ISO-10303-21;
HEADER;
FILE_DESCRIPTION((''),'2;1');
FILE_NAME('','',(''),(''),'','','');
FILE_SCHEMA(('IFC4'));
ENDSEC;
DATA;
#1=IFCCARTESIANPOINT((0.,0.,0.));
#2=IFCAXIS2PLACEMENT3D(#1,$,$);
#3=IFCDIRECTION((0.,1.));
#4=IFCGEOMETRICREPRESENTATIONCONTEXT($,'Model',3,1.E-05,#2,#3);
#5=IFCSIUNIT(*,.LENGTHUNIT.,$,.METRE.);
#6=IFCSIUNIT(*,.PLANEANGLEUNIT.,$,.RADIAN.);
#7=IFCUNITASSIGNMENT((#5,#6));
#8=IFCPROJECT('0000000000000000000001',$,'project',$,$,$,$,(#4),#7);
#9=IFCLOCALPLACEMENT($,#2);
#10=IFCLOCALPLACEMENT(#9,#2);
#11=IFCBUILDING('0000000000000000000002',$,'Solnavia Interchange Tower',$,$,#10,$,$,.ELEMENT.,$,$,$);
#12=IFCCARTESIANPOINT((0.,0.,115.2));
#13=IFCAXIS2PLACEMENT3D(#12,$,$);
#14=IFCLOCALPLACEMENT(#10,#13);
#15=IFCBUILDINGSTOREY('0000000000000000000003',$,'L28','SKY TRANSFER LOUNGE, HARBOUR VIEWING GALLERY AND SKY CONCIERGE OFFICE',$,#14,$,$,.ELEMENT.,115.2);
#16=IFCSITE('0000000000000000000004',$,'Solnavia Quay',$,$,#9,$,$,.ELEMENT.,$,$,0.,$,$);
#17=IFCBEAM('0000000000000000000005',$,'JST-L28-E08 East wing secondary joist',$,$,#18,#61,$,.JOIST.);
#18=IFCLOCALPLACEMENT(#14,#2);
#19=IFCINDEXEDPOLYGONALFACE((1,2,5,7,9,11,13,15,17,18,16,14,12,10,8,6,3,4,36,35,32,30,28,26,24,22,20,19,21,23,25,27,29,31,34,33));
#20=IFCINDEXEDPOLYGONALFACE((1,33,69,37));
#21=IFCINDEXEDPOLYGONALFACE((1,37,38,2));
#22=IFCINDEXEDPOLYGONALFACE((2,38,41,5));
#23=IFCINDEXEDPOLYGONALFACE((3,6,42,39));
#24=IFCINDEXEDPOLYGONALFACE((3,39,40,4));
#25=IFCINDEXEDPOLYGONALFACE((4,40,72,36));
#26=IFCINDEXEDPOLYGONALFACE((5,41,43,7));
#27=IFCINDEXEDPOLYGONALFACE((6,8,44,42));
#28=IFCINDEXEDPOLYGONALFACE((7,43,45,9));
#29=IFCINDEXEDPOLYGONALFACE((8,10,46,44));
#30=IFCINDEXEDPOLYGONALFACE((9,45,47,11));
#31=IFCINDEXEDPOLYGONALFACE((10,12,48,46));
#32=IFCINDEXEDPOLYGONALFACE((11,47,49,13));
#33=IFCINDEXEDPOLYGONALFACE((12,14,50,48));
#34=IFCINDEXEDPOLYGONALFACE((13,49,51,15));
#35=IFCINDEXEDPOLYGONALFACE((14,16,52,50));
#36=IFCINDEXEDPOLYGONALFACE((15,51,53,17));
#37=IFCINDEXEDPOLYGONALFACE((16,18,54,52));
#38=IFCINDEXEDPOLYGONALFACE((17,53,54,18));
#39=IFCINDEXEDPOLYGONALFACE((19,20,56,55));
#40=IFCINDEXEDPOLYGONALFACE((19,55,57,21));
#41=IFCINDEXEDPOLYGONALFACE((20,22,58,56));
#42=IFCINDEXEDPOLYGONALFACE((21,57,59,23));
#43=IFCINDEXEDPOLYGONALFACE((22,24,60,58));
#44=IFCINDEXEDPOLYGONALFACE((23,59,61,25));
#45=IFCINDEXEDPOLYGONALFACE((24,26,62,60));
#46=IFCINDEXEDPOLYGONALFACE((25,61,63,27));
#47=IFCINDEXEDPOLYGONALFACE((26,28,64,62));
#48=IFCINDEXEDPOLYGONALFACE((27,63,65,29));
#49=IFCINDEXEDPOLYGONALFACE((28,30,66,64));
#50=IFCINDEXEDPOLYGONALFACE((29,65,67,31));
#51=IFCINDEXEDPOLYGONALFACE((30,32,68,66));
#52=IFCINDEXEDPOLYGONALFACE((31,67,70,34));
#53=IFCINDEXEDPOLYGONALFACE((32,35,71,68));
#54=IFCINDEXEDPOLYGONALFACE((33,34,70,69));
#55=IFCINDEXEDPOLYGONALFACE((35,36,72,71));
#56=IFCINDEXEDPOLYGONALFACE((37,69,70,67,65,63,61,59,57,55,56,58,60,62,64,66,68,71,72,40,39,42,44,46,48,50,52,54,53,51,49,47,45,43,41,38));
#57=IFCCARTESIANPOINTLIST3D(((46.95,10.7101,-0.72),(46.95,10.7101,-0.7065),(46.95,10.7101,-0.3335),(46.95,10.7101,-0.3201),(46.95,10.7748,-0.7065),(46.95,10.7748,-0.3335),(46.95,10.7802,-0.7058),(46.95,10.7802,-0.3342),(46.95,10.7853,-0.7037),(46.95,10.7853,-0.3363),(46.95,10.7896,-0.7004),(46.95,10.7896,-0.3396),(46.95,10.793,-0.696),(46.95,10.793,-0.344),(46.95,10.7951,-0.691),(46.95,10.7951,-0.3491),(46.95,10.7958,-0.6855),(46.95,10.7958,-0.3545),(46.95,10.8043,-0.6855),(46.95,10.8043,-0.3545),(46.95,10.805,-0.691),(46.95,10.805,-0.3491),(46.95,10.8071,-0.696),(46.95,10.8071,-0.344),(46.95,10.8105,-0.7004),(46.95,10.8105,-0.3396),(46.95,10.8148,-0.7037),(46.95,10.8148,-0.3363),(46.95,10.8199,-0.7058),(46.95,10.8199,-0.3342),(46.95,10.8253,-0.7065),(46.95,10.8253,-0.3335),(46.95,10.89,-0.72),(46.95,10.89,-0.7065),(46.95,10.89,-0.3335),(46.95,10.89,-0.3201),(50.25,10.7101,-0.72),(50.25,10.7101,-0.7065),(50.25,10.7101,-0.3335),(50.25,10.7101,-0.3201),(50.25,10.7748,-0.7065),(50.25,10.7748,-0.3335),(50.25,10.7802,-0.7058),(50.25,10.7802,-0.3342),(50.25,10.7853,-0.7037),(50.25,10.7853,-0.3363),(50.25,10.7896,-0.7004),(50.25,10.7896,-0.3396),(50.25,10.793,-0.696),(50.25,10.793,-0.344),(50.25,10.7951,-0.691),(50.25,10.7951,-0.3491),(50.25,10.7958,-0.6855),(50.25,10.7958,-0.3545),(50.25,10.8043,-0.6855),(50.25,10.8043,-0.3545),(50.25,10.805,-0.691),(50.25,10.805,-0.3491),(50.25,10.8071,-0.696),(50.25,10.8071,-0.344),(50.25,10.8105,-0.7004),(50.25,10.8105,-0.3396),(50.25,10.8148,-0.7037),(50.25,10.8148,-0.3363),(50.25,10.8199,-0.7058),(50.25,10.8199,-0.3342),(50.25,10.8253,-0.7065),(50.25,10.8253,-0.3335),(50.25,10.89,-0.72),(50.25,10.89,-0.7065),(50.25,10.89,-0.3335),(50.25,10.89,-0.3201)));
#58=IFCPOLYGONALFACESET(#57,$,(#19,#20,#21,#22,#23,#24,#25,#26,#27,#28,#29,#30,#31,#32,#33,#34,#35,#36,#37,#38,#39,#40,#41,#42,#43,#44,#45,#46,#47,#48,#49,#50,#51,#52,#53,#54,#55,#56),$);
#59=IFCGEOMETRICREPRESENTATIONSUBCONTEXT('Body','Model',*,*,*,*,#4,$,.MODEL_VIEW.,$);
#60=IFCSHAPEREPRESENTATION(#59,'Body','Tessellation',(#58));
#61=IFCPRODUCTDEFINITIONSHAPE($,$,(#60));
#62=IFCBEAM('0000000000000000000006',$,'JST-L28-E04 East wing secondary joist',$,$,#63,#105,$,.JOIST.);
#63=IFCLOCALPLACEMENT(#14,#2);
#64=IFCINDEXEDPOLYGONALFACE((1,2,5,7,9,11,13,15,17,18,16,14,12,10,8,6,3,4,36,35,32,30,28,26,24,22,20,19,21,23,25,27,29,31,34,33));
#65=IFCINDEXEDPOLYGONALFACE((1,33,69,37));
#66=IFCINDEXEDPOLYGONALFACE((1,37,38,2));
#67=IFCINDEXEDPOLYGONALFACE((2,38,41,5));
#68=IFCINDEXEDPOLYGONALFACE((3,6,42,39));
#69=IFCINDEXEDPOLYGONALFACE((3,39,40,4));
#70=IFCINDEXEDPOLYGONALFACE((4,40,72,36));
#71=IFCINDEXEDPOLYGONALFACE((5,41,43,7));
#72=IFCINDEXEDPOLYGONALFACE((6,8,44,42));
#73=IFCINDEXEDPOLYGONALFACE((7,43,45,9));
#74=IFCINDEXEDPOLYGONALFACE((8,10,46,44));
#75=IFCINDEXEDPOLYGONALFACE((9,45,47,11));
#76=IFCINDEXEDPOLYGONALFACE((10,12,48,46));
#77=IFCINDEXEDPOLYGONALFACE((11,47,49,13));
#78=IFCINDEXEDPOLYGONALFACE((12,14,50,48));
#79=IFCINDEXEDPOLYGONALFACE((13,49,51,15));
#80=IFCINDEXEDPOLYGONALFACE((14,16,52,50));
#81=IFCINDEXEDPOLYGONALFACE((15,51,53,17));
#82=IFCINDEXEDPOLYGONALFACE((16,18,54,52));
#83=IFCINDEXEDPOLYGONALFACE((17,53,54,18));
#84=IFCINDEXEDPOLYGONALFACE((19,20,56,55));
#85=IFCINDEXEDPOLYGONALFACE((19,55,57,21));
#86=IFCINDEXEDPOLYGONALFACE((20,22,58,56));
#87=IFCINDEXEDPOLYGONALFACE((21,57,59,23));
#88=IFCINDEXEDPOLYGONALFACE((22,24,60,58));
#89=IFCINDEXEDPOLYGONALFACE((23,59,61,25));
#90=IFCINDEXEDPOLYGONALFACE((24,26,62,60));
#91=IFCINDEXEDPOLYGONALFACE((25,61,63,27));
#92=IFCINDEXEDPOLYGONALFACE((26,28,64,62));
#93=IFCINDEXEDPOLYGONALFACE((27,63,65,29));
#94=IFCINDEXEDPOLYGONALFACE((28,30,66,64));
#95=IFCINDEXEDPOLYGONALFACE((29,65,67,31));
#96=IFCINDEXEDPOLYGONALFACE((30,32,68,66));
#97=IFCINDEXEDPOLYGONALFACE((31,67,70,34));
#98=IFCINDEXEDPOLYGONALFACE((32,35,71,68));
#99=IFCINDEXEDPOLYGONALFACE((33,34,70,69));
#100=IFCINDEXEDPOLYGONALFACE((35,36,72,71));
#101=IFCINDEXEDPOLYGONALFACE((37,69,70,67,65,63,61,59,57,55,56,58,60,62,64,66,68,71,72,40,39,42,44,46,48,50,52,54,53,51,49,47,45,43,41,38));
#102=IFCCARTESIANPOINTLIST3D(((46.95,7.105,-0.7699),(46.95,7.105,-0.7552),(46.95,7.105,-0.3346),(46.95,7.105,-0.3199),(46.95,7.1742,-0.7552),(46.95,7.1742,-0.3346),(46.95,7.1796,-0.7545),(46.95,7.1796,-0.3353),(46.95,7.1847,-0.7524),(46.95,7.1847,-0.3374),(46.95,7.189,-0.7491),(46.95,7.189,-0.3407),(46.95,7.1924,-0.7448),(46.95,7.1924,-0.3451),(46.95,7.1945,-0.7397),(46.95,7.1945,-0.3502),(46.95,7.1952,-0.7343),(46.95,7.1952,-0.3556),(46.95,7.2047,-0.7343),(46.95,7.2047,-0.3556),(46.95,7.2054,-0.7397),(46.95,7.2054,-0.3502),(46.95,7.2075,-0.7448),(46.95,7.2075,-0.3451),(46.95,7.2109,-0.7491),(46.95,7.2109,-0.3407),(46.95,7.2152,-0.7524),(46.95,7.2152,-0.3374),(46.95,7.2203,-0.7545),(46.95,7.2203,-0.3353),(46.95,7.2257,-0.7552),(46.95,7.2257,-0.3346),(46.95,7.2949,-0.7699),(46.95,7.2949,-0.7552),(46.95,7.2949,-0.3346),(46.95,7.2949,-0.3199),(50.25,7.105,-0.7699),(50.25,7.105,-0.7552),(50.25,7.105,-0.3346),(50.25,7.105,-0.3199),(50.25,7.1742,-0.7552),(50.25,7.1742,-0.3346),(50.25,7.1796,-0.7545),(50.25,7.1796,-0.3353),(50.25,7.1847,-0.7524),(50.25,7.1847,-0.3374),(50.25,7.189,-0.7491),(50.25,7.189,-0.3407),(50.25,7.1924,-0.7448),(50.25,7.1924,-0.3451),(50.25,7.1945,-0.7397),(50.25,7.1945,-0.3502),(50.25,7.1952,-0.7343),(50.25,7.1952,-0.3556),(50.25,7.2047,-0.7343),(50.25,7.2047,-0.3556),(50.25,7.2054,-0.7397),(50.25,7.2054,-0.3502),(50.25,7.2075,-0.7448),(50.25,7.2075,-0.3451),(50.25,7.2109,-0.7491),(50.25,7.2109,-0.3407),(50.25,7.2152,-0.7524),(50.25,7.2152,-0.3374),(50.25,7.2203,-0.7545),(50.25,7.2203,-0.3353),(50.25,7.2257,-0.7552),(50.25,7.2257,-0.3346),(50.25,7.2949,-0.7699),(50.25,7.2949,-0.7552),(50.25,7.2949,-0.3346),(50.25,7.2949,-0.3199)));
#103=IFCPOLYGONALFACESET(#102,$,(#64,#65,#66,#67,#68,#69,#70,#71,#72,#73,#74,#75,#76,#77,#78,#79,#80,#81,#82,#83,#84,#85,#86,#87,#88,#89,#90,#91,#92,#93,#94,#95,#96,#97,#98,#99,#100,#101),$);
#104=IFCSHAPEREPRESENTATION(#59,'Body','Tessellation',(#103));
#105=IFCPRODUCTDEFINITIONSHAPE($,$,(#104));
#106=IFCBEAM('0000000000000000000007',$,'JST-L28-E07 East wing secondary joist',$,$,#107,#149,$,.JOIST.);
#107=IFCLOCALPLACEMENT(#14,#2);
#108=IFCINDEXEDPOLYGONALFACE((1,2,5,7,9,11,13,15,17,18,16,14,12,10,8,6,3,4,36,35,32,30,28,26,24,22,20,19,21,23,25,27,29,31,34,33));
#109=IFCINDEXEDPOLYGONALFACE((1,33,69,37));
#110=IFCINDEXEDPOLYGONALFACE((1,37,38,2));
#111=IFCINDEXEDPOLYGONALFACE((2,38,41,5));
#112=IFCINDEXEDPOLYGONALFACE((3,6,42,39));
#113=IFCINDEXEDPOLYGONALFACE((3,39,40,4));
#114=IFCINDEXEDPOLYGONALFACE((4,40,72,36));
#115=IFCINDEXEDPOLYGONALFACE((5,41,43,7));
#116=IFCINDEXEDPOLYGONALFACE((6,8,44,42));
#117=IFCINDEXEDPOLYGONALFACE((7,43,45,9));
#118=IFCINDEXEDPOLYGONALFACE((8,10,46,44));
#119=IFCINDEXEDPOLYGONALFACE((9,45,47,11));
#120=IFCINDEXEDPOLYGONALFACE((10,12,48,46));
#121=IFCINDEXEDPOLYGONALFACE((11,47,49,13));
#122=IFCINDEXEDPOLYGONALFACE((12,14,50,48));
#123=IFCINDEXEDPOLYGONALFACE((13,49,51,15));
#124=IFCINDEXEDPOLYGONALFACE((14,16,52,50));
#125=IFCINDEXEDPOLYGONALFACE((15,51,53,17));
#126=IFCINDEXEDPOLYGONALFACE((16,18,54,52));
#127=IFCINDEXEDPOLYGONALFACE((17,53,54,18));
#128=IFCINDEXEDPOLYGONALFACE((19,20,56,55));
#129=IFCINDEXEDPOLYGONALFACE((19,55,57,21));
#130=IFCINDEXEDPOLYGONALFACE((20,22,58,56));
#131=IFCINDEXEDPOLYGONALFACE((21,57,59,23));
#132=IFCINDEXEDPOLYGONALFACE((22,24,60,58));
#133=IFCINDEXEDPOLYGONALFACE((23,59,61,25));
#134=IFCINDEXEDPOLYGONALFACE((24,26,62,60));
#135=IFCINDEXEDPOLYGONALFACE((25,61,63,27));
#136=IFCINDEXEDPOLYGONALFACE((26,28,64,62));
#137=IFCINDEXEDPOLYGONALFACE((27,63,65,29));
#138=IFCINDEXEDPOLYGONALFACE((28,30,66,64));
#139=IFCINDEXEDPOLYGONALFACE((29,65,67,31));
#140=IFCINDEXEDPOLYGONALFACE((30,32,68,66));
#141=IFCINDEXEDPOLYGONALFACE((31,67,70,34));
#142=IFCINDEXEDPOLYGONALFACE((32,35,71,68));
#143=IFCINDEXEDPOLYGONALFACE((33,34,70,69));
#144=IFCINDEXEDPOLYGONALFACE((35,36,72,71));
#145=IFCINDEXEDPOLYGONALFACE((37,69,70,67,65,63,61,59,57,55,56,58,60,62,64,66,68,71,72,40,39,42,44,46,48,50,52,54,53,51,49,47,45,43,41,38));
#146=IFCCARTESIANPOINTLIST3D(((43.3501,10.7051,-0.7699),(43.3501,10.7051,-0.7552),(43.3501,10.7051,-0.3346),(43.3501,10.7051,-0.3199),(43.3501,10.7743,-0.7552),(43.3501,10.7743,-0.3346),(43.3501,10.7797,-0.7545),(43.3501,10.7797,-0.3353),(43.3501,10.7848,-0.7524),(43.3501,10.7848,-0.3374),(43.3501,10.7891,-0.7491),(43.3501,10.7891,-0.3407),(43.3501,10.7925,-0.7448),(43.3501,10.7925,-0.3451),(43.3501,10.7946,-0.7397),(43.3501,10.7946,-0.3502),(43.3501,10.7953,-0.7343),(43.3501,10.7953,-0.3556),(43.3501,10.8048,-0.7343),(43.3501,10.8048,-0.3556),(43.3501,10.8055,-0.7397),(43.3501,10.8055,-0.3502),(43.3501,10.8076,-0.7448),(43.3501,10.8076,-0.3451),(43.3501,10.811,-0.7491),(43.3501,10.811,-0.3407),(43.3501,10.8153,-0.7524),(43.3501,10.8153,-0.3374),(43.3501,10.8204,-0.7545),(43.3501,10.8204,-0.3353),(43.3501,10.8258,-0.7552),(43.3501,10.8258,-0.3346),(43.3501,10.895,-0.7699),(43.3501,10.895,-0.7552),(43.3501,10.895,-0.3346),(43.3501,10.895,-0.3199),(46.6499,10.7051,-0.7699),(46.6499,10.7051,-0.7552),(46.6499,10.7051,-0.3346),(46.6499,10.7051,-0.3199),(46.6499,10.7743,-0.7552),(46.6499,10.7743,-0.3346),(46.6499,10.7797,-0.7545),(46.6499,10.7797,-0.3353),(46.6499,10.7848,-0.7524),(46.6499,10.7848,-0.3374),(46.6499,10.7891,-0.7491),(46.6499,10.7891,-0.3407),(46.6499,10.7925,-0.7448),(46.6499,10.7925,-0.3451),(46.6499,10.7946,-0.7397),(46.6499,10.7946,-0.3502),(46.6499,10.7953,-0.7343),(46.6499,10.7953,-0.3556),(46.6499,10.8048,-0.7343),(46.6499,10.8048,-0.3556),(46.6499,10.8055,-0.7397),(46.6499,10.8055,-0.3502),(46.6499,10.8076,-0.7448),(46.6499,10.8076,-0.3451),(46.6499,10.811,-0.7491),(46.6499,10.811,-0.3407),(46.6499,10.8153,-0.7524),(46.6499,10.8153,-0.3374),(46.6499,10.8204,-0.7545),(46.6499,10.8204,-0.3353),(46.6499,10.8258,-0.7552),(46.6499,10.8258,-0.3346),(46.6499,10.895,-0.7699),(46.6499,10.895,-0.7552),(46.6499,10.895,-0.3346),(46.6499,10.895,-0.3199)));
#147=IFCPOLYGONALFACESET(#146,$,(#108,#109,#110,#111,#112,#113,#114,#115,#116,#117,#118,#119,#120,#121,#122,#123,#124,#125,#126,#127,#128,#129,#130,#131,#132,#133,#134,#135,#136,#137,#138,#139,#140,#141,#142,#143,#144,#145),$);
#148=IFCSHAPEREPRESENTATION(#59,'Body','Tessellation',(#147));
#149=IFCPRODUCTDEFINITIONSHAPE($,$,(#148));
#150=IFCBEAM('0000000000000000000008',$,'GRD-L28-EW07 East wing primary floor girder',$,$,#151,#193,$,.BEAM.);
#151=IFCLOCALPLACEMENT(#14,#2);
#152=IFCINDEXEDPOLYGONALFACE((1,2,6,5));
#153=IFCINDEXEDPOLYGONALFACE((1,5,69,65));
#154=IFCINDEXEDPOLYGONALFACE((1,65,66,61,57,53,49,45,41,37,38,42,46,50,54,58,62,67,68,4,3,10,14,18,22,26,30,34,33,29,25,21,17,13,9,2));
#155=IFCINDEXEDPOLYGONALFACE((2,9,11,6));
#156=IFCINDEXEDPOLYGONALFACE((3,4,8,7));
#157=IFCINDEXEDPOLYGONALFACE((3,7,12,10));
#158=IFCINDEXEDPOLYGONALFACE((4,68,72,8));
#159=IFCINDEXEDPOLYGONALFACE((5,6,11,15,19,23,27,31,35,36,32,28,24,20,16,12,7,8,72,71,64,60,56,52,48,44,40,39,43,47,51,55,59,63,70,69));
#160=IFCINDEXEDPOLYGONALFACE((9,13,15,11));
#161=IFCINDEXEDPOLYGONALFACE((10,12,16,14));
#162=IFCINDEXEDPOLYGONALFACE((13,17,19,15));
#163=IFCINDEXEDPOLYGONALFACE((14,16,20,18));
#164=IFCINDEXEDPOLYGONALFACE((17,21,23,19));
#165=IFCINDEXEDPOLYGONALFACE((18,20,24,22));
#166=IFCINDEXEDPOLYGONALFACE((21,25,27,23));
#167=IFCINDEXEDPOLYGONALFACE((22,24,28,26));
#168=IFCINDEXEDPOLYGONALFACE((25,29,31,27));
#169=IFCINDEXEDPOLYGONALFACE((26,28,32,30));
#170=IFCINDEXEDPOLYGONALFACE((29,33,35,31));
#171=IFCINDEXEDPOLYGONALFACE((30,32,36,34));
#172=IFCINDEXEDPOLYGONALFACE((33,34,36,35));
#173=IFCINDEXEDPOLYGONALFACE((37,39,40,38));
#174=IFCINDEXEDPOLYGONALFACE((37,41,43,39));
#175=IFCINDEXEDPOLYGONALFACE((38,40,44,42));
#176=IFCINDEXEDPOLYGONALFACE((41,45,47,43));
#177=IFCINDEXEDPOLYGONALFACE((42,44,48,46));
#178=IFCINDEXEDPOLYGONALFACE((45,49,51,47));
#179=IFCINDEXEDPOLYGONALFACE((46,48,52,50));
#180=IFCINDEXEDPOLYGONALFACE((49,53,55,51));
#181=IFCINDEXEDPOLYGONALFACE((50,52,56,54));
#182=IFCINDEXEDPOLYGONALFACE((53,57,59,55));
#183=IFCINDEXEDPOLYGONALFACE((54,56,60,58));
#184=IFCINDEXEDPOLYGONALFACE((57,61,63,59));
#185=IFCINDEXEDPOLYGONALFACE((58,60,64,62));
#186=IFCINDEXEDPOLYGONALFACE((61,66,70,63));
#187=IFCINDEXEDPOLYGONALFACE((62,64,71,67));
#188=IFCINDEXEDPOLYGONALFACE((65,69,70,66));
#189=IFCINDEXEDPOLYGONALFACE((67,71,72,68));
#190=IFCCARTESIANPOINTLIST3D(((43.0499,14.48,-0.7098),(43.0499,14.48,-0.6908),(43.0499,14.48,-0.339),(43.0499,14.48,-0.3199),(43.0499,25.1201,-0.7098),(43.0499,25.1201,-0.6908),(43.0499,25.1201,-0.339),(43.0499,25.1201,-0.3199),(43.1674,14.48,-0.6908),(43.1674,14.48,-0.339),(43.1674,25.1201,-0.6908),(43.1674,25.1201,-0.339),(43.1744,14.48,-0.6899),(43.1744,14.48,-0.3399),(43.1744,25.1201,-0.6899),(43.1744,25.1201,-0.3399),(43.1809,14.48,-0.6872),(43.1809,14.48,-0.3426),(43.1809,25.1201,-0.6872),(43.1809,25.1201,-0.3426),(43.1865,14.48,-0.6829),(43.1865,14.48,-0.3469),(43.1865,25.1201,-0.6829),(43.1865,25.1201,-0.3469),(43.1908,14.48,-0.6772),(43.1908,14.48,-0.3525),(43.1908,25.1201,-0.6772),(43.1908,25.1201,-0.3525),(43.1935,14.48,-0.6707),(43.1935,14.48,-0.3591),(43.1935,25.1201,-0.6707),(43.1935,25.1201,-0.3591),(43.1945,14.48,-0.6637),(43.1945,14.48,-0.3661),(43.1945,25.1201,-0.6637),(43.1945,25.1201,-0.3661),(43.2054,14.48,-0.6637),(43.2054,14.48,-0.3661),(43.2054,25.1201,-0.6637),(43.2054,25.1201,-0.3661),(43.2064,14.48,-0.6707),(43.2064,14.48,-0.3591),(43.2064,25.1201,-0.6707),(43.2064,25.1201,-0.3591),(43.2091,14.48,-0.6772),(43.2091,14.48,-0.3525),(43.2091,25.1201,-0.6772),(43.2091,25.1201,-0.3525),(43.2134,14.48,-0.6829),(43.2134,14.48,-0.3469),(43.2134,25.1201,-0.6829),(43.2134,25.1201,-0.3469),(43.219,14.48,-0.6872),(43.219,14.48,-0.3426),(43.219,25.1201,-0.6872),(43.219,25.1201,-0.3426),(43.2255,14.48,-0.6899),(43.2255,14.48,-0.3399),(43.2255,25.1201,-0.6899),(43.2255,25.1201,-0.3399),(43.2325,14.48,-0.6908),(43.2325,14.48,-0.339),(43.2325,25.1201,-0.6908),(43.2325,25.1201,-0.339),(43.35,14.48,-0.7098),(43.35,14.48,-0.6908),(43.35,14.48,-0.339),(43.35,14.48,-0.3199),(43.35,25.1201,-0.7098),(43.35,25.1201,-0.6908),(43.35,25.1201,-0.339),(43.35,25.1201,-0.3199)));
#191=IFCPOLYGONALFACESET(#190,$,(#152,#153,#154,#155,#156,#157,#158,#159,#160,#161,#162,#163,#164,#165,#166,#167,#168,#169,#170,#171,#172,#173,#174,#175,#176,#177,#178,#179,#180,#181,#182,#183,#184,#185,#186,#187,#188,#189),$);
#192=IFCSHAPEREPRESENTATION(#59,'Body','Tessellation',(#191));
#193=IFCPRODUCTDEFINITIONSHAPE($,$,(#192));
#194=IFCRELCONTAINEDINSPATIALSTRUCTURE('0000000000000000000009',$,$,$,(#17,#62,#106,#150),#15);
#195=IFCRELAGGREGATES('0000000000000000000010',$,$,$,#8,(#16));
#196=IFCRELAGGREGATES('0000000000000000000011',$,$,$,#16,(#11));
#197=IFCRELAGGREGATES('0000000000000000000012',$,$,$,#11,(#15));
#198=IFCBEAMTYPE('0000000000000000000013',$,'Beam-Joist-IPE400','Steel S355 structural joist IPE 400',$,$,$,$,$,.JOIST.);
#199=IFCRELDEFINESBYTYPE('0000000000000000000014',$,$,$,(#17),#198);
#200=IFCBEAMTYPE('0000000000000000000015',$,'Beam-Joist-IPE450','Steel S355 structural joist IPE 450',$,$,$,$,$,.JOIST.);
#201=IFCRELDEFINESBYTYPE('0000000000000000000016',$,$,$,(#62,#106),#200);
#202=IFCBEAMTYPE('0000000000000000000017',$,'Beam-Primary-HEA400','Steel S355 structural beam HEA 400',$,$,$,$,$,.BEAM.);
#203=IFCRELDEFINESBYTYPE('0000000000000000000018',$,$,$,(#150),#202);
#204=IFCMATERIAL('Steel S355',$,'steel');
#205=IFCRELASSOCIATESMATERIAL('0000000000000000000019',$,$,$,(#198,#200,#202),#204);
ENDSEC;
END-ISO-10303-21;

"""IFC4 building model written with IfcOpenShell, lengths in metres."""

from ifc_helpers import new_model, si_unit, direction, frame, origin, origin_2d, place, context, subcontext, project, spatial, i_section, extrude, material, material_profile, profile_set, type_object, element, save


model = new_model("IFC4")

# Units and contexts
model_context = context("Model", 3, precision=1e-05, world=origin(), true_north=direction((0.0, 1.0)))
body_context = subcontext(model_context, "Body", "Model", "MODEL_VIEW")
ifc_project = project(units=[si_unit("LENGTHUNIT", "METRE"), si_unit("PLANEANGLEUNIT", "RADIAN")], contexts=[model_context])

# Site, building, storey
site_placement = place(None, origin())
site = spatial("IfcSite", under=ifc_project, at=site_placement, Name="Solnavia Quay", CompositionType="ELEMENT", RefElevation=0.0)
building_placement = place(site_placement, origin())
building = spatial("IfcBuilding", under=site, at=building_placement, Name="Solnavia Interchange Tower", CompositionType="ELEMENT")
storey_placement = place(building_placement, frame((0.0, 0.0, 115.2)))
storey = spatial("IfcBuildingStorey", under=building, at=storey_placement, Name="L28", Description="SKY TRANSFER LOUNGE, HARBOUR VIEWING GALLERY AND SKY CONCIERGE OFFICE", CompositionType="ELEMENT", Elevation=115.2)

# Shared definitions
ifc_material_1 = material(Name="Steel S355", Category="steel")

# Beams
ifc_material_profile_1 = material_profile(ifc_material_1, i_section(OverallWidth=0.1799, OverallDepth=0.3999, WebThickness=0.0085, FlangeThickness=0.0134, FilletRadius=0.021, at=origin_2d()), Name="IPE 400")
ifc_profile_set_1 = profile_set([ifc_material_profile_1], Name="Steel S355")
beam_type_1 = type_object("IfcBeamType", Name="Beam-Joist-IPE400", Description="Steel S355 structural joist IPE 400", PredefinedType="JOIST", material=ifc_profile_set_1)
beam_1_placement = place(storey_placement, frame((46.95, 10.8, -0.52), z_axis=(1.0, 0.0, 0.0), x_axis=(0.0, 1.0, 0.0)))
element("IfcBeam", 1, at=beam_1_placement, inside=storey, type_object=beam_type_1, Name="JST-L28-E08 East wing secondary joist", PredefinedType="JOIST", context=body_context, shape_type="SweptSolid", body=[
    extrude(i_section(OverallWidth=0.1799, OverallDepth=0.3999, WebThickness=0.0085, FlangeThickness=0.0134, FilletRadius=0.021, at=origin_2d()), origin(), (0.0, 0.0, 1.0), 3.3),
])
ifc_material_profile_2 = material_profile(ifc_material_1, i_section(OverallWidth=0.1899, OverallDepth=0.45, WebThickness=0.0095, FlangeThickness=0.0146, FilletRadius=0.021, at=origin_2d()), Name="IPE 450")
ifc_profile_set_2 = profile_set([ifc_material_profile_2], Name="Steel S355")
beam_type_2 = type_object("IfcBeamType", Name="Beam-Joist-IPE450", Description="Steel S355 structural joist IPE 450", PredefinedType="JOIST", material=ifc_profile_set_2)
beam_2_placement = place(storey_placement, frame((46.95, 7.2, -0.5449), z_axis=(1.0, 0.0, 0.0), x_axis=(0.0, 1.0, 0.0)))
element("IfcBeam", 2, at=beam_2_placement, inside=storey, type_object=beam_type_2, Name="JST-L28-E04 East wing secondary joist", PredefinedType="JOIST", context=body_context, shape_type="SweptSolid", body=[
    extrude(i_section(OverallWidth=0.1899, OverallDepth=0.45, WebThickness=0.0095, FlangeThickness=0.0146, FilletRadius=0.021, at=origin_2d()), origin(), (0.0, 0.0, 1.0), 3.3),
])
beam_3_placement = place(storey_placement, frame((43.3501, 10.8, -0.5449), z_axis=(1.0, 0.0, 0.0), x_axis=(0.0, 1.0, 0.0)))
element("IfcBeam", 3, at=beam_3_placement, inside=storey, type_object=beam_type_2, Name="JST-L28-E07 East wing secondary joist", PredefinedType="JOIST", context=body_context, shape_type="SweptSolid", body=[
    extrude(i_section(OverallWidth=0.1899, OverallDepth=0.45, WebThickness=0.0095, FlangeThickness=0.0146, FilletRadius=0.021, at=origin_2d()), origin(), (0.0, 0.0, 1.0), 3.2998),
])
ifc_material_profile_3 = material_profile(ifc_material_1, i_section(OverallWidth=0.3, OverallDepth=0.3899, WebThickness=0.011, FlangeThickness=0.019, FilletRadius=0.0271, at=origin_2d()), Name="HEA 400")
ifc_profile_set_3 = profile_set([ifc_material_profile_3], Name="Steel S355")
beam_type_3 = type_object("IfcBeamType", Name="Beam-Primary-HEA400", Description="Steel S355 structural beam HEA 400", PredefinedType="BEAM", material=ifc_profile_set_3)
for number, where, z_axis, x_axis, name in (
    (4, (43.2, 14.48, -0.5149), (0.0, 1.0, 0.0), (-1.0, 0.0, 0.0), "GRD-L28-EW07 East wing primary floor girder"),
):
    element("IfcBeam", number, at=place(storey_placement, frame(where, z_axis=z_axis, x_axis=x_axis)), inside=storey, type_object=beam_type_3, Name=name, PredefinedType="BEAM", context=body_context, shape_type="SweptSolid", body=[
        extrude(i_section(OverallWidth=0.3, OverallDepth=0.3899, WebThickness=0.011, FlangeThickness=0.019, FilletRadius=0.0271, at=origin_2d()), origin(), (0.0, 0.0, 1.0), 10.6401),
    ])

save(model, "model.ifc")
